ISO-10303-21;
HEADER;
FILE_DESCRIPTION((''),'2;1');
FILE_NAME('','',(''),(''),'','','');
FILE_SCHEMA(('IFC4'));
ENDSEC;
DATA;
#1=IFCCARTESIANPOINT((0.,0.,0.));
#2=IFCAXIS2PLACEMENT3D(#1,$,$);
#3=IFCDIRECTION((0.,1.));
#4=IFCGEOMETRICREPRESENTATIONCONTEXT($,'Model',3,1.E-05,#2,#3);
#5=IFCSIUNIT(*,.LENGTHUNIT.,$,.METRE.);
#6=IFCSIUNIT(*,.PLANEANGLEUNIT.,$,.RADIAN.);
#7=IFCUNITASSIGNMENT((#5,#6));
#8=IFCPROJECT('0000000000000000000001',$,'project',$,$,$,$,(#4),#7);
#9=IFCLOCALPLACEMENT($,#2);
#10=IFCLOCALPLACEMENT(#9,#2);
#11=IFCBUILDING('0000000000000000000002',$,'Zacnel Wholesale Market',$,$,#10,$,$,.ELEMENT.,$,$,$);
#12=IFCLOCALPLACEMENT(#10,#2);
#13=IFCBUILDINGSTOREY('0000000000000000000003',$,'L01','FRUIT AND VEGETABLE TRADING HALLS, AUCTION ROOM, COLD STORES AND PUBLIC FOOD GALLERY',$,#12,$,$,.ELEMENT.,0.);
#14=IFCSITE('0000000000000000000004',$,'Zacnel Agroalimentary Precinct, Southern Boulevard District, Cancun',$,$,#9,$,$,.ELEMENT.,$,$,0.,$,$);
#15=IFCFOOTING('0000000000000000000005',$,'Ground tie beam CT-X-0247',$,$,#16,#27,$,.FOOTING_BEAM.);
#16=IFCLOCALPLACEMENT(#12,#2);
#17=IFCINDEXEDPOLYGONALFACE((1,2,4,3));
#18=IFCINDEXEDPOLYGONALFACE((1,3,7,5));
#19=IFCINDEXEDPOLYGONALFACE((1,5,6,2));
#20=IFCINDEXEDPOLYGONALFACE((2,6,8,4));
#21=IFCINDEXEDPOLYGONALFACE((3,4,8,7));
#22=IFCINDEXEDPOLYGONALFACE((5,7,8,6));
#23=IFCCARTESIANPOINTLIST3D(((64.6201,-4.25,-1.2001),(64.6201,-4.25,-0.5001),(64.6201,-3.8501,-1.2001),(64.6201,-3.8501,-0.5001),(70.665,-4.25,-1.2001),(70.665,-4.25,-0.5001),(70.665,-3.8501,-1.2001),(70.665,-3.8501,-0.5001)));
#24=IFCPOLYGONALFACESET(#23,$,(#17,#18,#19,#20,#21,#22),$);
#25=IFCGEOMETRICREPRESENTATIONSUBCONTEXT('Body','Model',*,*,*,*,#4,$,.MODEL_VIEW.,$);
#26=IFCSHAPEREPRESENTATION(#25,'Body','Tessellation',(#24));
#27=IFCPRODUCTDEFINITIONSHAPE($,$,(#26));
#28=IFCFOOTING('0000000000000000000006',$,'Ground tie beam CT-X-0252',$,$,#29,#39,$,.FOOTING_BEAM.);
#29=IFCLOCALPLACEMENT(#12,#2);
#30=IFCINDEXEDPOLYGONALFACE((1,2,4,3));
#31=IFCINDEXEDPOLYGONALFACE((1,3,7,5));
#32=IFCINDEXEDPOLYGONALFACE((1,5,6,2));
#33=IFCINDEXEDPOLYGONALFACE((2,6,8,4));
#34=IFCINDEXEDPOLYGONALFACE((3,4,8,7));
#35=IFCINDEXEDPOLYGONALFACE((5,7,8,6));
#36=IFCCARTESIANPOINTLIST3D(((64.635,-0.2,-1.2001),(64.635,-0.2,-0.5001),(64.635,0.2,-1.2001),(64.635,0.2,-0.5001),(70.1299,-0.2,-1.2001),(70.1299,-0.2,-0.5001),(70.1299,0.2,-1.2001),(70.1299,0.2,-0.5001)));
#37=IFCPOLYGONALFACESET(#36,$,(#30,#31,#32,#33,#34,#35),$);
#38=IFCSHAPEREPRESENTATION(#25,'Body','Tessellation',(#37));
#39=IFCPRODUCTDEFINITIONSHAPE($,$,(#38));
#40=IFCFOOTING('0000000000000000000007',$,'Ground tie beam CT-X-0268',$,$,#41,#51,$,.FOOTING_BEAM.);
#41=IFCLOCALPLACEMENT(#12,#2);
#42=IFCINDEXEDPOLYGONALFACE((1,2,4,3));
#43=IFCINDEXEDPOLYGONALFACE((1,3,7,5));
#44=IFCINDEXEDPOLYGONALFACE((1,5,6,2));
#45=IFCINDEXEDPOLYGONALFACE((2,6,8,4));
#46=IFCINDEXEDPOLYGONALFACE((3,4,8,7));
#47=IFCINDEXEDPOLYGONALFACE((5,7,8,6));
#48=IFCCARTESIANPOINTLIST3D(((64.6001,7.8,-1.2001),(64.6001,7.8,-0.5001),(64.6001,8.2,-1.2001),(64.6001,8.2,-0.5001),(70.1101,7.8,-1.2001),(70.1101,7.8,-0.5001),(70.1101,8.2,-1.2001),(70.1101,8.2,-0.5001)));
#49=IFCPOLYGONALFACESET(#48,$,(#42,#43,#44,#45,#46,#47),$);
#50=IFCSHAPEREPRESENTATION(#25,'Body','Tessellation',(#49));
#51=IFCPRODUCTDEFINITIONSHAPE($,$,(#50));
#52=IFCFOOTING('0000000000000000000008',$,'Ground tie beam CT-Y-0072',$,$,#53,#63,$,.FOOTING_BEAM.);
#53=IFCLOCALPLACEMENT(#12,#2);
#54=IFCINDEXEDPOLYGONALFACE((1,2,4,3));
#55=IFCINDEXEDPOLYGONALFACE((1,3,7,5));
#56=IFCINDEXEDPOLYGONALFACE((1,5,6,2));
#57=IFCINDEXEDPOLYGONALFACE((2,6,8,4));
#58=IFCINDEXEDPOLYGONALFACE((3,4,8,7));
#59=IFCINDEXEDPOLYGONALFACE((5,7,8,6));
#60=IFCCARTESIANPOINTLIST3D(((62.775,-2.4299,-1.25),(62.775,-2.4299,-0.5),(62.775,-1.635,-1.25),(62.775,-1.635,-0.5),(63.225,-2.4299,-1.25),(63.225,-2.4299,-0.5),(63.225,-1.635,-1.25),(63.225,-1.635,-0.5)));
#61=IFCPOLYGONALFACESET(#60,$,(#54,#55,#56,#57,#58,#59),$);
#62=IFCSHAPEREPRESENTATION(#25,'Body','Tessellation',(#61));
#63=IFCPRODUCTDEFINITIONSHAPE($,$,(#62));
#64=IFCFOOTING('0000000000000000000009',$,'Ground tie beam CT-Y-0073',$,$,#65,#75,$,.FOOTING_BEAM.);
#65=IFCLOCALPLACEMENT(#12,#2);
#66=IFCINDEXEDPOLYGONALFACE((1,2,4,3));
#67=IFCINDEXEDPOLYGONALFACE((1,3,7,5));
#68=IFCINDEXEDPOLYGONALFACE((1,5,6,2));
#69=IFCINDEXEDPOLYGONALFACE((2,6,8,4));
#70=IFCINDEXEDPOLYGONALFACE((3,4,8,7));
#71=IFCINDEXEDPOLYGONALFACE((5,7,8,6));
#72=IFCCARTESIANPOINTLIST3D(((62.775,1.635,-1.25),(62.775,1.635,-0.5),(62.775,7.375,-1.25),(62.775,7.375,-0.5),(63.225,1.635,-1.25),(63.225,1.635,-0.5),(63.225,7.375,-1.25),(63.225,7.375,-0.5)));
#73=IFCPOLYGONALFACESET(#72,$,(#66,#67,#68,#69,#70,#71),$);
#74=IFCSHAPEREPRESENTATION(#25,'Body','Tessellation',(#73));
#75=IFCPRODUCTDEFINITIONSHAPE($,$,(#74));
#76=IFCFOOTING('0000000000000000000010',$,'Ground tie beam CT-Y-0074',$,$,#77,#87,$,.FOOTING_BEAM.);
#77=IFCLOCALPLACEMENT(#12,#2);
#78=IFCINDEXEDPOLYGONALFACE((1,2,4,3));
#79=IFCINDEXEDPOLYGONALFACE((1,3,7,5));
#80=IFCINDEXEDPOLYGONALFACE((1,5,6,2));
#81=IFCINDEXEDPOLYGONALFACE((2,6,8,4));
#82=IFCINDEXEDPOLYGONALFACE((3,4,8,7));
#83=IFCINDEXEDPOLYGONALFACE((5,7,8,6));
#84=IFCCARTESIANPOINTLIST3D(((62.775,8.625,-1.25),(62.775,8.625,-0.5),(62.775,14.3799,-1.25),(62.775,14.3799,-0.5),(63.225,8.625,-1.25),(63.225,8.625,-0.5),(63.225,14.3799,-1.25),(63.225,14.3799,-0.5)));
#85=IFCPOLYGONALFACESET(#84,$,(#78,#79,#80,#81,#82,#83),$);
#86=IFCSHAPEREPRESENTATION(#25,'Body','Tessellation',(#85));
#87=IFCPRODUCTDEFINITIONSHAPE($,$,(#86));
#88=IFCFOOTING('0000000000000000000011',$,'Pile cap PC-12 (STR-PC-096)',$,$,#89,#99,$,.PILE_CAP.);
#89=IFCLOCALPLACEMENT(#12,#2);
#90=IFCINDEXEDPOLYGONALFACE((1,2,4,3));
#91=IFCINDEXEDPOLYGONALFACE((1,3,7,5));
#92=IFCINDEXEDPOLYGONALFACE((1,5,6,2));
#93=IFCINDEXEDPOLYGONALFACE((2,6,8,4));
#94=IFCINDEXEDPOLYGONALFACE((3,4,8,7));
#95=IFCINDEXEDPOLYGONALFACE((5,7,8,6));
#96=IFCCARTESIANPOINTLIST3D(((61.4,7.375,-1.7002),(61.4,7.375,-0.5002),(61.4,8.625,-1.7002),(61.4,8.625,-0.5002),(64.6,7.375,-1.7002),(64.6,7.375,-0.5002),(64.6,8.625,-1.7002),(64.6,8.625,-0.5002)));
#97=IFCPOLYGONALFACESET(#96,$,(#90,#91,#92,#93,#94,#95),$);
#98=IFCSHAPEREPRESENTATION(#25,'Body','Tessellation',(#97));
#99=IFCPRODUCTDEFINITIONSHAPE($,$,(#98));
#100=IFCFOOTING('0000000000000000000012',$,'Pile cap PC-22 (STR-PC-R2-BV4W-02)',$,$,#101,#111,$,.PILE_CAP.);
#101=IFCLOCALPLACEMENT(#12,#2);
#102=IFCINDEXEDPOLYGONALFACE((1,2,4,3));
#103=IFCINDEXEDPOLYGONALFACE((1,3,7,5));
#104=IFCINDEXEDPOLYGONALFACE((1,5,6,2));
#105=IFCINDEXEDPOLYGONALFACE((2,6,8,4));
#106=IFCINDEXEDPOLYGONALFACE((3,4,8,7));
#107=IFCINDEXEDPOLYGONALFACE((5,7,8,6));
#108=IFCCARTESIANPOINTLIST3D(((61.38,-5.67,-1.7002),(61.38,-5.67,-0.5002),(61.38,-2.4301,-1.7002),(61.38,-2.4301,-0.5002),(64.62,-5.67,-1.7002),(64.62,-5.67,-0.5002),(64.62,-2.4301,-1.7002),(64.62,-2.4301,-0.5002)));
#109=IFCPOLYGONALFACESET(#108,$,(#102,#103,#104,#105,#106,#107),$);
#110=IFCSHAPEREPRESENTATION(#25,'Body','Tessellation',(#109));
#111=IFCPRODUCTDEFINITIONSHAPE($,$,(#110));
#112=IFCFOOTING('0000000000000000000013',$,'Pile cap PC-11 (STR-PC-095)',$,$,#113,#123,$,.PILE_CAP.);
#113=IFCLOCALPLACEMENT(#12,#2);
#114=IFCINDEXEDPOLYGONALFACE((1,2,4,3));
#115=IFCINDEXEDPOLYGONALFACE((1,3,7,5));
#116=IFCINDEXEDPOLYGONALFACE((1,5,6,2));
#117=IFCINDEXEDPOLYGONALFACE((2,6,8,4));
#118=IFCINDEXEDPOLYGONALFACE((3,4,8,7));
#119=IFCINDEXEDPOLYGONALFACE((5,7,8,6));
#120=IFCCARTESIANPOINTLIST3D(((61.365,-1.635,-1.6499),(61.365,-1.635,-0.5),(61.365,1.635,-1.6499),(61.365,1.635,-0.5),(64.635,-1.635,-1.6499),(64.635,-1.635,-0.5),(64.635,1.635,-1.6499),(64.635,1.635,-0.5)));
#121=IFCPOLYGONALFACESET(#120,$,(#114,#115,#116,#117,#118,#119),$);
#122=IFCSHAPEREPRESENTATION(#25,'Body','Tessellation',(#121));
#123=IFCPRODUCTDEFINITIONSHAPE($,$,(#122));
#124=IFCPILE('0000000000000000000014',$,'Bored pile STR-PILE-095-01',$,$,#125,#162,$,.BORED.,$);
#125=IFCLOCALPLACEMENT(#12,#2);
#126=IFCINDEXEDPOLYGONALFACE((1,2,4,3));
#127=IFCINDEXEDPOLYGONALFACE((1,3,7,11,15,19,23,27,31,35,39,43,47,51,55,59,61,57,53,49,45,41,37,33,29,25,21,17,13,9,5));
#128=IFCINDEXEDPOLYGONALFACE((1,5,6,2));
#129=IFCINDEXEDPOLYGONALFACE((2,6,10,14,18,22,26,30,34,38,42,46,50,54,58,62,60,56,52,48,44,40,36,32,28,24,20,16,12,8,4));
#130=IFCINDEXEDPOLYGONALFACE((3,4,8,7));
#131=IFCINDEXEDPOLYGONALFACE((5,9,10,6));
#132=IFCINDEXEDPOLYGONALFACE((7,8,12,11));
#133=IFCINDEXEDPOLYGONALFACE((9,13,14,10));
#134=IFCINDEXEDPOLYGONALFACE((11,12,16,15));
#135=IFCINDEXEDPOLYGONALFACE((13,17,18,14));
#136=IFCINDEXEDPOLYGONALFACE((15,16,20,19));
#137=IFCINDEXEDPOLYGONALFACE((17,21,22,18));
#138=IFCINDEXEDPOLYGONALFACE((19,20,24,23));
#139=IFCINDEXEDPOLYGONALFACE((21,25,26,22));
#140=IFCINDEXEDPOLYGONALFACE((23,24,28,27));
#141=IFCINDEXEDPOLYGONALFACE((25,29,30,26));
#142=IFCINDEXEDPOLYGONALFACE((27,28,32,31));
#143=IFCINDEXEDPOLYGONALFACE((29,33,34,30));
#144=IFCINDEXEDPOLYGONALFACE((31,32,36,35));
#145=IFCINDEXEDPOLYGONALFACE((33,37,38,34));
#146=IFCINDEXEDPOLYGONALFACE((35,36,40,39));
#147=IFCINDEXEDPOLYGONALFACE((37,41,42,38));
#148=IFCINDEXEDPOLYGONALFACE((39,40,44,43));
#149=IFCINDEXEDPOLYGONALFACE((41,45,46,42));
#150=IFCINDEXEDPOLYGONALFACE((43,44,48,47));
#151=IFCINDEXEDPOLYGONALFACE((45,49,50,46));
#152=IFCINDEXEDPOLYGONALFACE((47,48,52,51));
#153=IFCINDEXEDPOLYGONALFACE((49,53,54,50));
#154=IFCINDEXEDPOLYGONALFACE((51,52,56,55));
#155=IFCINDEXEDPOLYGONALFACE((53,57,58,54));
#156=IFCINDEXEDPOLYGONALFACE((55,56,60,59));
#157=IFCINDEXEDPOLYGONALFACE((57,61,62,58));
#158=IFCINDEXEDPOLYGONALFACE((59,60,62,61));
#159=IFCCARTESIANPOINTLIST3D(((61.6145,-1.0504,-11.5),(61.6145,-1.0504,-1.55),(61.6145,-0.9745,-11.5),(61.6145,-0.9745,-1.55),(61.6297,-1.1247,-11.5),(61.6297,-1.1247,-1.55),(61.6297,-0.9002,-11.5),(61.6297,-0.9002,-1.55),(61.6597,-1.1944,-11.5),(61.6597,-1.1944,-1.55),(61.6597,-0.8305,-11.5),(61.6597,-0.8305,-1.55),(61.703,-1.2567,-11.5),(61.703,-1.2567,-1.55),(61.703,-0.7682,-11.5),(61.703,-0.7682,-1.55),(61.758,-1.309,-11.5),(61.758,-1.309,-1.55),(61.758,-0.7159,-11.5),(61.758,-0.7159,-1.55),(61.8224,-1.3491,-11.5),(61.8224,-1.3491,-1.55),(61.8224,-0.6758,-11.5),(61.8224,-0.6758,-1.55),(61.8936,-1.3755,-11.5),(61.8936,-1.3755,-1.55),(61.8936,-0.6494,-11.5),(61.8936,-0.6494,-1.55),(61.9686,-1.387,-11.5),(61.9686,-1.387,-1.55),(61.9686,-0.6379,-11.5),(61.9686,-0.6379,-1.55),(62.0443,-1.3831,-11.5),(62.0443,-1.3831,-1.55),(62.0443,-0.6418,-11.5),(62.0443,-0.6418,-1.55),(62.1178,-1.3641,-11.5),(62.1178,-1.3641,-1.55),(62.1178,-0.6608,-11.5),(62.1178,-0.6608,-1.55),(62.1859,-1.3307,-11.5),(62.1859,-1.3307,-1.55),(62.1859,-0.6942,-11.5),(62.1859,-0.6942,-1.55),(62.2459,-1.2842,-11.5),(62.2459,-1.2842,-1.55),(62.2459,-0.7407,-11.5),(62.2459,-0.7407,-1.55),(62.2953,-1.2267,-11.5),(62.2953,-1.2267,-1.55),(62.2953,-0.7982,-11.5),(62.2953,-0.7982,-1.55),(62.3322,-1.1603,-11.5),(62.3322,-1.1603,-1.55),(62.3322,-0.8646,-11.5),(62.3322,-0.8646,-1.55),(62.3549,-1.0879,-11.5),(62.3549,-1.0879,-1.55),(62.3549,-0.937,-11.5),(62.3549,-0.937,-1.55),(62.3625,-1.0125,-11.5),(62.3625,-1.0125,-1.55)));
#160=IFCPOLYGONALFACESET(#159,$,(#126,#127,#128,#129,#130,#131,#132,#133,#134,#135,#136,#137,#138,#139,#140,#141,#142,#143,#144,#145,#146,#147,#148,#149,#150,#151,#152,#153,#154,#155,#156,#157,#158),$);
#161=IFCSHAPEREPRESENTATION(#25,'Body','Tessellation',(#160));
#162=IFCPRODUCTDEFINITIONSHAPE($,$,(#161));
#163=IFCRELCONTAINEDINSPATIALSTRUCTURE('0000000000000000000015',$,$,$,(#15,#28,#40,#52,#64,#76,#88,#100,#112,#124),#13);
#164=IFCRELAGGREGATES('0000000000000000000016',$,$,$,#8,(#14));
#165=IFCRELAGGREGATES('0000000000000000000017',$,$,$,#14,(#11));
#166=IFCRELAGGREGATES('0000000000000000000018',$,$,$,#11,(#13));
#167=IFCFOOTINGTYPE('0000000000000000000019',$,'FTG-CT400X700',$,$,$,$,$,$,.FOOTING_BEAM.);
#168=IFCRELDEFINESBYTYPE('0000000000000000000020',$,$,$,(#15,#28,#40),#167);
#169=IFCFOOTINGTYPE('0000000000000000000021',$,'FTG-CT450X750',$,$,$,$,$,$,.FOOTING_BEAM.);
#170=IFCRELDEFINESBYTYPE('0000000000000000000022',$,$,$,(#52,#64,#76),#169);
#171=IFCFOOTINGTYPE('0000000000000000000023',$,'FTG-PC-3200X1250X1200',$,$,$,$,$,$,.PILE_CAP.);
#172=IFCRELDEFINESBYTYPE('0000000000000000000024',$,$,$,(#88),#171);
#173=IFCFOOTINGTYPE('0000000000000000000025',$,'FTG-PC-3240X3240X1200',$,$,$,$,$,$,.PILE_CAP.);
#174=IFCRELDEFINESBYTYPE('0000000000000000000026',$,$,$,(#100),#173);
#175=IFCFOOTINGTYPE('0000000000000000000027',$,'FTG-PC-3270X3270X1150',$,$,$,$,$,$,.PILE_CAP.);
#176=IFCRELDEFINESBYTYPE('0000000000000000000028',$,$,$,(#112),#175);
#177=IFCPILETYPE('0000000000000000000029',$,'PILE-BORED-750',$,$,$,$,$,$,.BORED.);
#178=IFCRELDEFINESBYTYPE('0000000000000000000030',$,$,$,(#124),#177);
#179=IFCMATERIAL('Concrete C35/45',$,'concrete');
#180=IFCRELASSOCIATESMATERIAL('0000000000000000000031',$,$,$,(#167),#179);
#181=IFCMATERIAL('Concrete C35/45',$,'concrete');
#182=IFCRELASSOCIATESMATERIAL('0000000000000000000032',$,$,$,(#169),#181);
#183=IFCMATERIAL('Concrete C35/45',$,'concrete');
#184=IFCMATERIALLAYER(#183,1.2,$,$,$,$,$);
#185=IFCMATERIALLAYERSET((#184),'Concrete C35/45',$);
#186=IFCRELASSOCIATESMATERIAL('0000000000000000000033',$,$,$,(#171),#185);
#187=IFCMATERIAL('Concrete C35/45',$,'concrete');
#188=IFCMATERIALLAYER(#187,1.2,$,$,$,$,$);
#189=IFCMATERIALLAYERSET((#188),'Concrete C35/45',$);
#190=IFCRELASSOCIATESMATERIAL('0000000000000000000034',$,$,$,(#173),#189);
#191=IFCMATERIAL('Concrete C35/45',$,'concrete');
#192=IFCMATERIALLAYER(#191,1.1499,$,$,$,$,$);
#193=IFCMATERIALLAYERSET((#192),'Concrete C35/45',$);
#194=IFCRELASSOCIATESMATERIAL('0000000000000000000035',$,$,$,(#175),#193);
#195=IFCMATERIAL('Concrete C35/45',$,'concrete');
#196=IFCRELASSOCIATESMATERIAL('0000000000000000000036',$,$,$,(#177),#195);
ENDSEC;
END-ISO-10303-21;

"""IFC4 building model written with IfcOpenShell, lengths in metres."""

from ifc_helpers import new_model, si_unit, direction, frame, origin, origin_2d, place, context, subcontext, project, spatial, rectangle, circle, extrude, material, layer, layer_set, material_profile, profile_set, type_object, element, save


model = new_model("IFC4")

# Units and contexts
model_context = context("Model", 3, precision=1e-05, world=origin(), true_north=direction((0.0, 1.0)))
body_context = subcontext(model_context, "Body", "Model", "MODEL_VIEW")
ifc_project = project(units=[si_unit("LENGTHUNIT", "METRE"), si_unit("PLANEANGLEUNIT", "RADIAN")], contexts=[model_context])

# Site, building, storey
site_placement = place(None, origin())
site = spatial("IfcSite", under=ifc_project, at=site_placement, Name="Zacnel Agroalimentary Precinct, Southern Boulevard District, Cancun", CompositionType="ELEMENT", RefElevation=0.0)
building_placement = place(site_placement, origin())
building = spatial("IfcBuilding", under=site, at=building_placement, Name="Zacnel Wholesale Market", CompositionType="ELEMENT")
storey_placement = place(building_placement, origin())
storey = spatial("IfcBuildingStorey", under=building, at=storey_placement, Name="L01", Description="FRUIT AND VEGETABLE TRADING HALLS, AUCTION ROOM, COLD STORES AND PUBLIC FOOD GALLERY", CompositionType="ELEMENT", Elevation=0.0)

# Footings
ifc_material_1 = material(Name="Concrete C35/45", Category="concrete")
ifc_material_profile_1 = material_profile(ifc_material_1, rectangle(XDim=0.3999, YDim=0.7, at=origin_2d()), Name="CT 400x700")
ifc_profile_set_1 = profile_set([ifc_material_profile_1], Name="Concrete C35/45")
footing_type_1 = type_object("IfcFootingType", Name="FTG-CT400X700", PredefinedType="FOOTING_BEAM", material=ifc_profile_set_1)
footing_1_placement = place(storey_placement, frame((64.6201, -4.05, -0.8501), z_axis=(1.0, 0.0, 0.0), x_axis=(0.0, 1.0, 0.0)))
element("IfcFooting", 1, at=footing_1_placement, inside=storey, type_object=footing_type_1, Name="Ground tie beam CT-X-0247", PredefinedType="FOOTING_BEAM", context=body_context, shape_type="SweptSolid", body=[
    extrude(rectangle(XDim=0.3999, YDim=0.7, at=origin_2d()), origin(), (0.0, 0.0, 1.0), 6.0449),
])
footing_2_placement = place(storey_placement, frame((64.635, 0.0, -0.8501), z_axis=(1.0, 0.0, 0.0), x_axis=(0.0, 1.0, 0.0)))
element("IfcFooting", 2, at=footing_2_placement, inside=storey, type_object=footing_type_1, Name="Ground tie beam CT-X-0252", PredefinedType="FOOTING_BEAM", context=body_context, shape_type="SweptSolid", body=[
    extrude(rectangle(XDim=0.3999, YDim=0.7, at=origin_2d()), origin(), (0.0, 0.0, 1.0), 5.4949),
])
footing_3_placement = place(storey_placement, frame((64.6001, 8.0, -0.8501), z_axis=(1.0, 0.0, 0.0), x_axis=(0.0, 1.0, 0.0)))
element("IfcFooting", 3, at=footing_3_placement, inside=storey, type_object=footing_type_1, Name="Ground tie beam CT-X-0268", PredefinedType="FOOTING_BEAM", context=body_context, shape_type="SweptSolid", body=[
    extrude(rectangle(XDim=0.3999, YDim=0.7, at=origin_2d()), origin(), (0.0, 0.0, 1.0), 5.51),
])
ifc_material_2 = material(Name="Concrete C35/45", Category="concrete")
ifc_material_profile_2 = material_profile(ifc_material_2, rectangle(XDim=0.45, YDim=0.75, at=origin_2d()), Name="CT 450x750")
ifc_profile_set_2 = profile_set([ifc_material_profile_2], Name="Concrete C35/45")
footing_type_2 = type_object("IfcFootingType", Name="FTG-CT450X750", PredefinedType="FOOTING_BEAM", material=ifc_profile_set_2)
footing_4_placement = place(storey_placement, frame((63.0, -2.4299, -0.875), z_axis=(0.0, 1.0, 0.0), x_axis=(-1.0, 0.0, 0.0)))
element("IfcFooting", 4, at=footing_4_placement, inside=storey, type_object=footing_type_2, Name="Ground tie beam CT-Y-0072", PredefinedType="FOOTING_BEAM", context=body_context, shape_type="SweptSolid", body=[
    extrude(rectangle(XDim=0.45, YDim=0.75, at=origin_2d()), origin(), (0.0, 0.0, 1.0), 0.7949),
])
footing_5_placement = place(storey_placement, frame((63.0, 1.635, -0.875), z_axis=(0.0, 1.0, 0.0), x_axis=(-1.0, 0.0, 0.0)))
element("IfcFooting", 5, at=footing_5_placement, inside=storey, type_object=footing_type_2, Name="Ground tie beam CT-Y-0073", PredefinedType="FOOTING_BEAM", context=body_context, shape_type="SweptSolid", body=[
    extrude(rectangle(XDim=0.45, YDim=0.75, at=origin_2d()), origin(), (0.0, 0.0, 1.0), 5.74),
])
footing_6_placement = place(storey_placement, frame((63.0, 8.625, -0.875), z_axis=(0.0, 1.0, 0.0), x_axis=(-1.0, 0.0, 0.0)))
element("IfcFooting", 6, at=footing_6_placement, inside=storey, type_object=footing_type_2, Name="Ground tie beam CT-Y-0074", PredefinedType="FOOTING_BEAM", context=body_context, shape_type="SweptSolid", body=[
    extrude(rectangle(XDim=0.45, YDim=0.75, at=origin_2d()), origin(), (0.0, 0.0, 1.0), 5.7549),
])
ifc_material_3 = material(Name="Concrete C35/45", Category="concrete")
ifc_layer_1 = layer(ifc_material_3, 1.2)
ifc_layer_set_1 = layer_set([ifc_layer_1], Name="Concrete C35/45")
footing_type_3 = type_object("IfcFootingType", Name="FTG-PC-3200X1250X1200", PredefinedType="PILE_CAP", material=ifc_layer_set_1)
footing_7_placement = place(storey_placement, frame((63.0, 8.0, -1.7002), z_axis=(0.0, 0.0, 1.0), x_axis=(1.0, 0.0, 0.0)))
element("IfcFooting", 7, at=footing_7_placement, inside=storey, type_object=footing_type_3, Name="Pile cap PC-12 (STR-PC-096)", PredefinedType="PILE_CAP", context=body_context, shape_type="SweptSolid", body=[
    extrude(rectangle(XDim=3.2, YDim=1.25, at=origin_2d()), origin(), (0.0, 0.0, 1.0), 1.2),
])
ifc_material_4 = material(Name="Concrete C35/45", Category="concrete")
ifc_layer_2 = layer(ifc_material_4, 1.2)
ifc_layer_set_2 = layer_set([ifc_layer_2], Name="Concrete C35/45")
footing_type_4 = type_object("IfcFootingType", Name="FTG-PC-3240X3240X1200", PredefinedType="PILE_CAP", material=ifc_layer_set_2)
footing_8_placement = place(storey_placement, frame((63.0, -4.05, -1.7002), z_axis=(0.0, 0.0, 1.0), x_axis=(1.0, 0.0, 0.0)))
element("IfcFooting", 8, at=footing_8_placement, inside=storey, type_object=footing_type_4, Name="Pile cap PC-22 (STR-PC-R2-BV4W-02)", PredefinedType="PILE_CAP", context=body_context, shape_type="SweptSolid", body=[
    extrude(rectangle(XDim=3.24, YDim=3.24, at=origin_2d()), origin(), (0.0, 0.0, 1.0), 1.2),
])
ifc_material_5 = material(Name="Concrete C35/45", Category="concrete")
ifc_layer_3 = layer(ifc_material_5, 1.1499)
ifc_layer_set_3 = layer_set([ifc_layer_3], Name="Concrete C35/45")
footing_type_5 = type_object("IfcFootingType", Name="FTG-PC-3270X3270X1150", PredefinedType="PILE_CAP", material=ifc_layer_set_3)
footing_9_placement = place(storey_placement, frame((63.0, 0.0, -1.6499), z_axis=(0.0, 0.0, 1.0), x_axis=(1.0, 0.0, 0.0)))
element("IfcFooting", 9, at=footing_9_placement, inside=storey, type_object=footing_type_5, Name="Pile cap PC-11 (STR-PC-095)", PredefinedType="PILE_CAP", context=body_context, shape_type="SweptSolid", body=[
    extrude(rectangle(XDim=3.27, YDim=3.27, at=origin_2d()), origin(), (0.0, 0.0, 1.0), 1.1499),
])

# Pile
ifc_material_6 = material(Name="Concrete C35/45", Category="concrete")
ifc_material_profile_3 = material_profile(ifc_material_6, circle(Radius=0.375, at=origin_2d()), Name="BORED PILE D750")
ifc_profile_set_3 = profile_set([ifc_material_profile_3], Name="Concrete C35/45")
pile_type = type_object("IfcPileType", Name="PILE-BORED-750", PredefinedType="BORED", material=ifc_profile_set_3)
for number, where, z_axis, x_axis, name in (
    (10, (61.9875, -1.0125, -1.55), (0.0, 0.0, -1.0), (1.0, 0.0, 0.0), "Bored pile STR-PILE-095-01"),
):
    element("IfcPile", number, at=place(storey_placement, frame(where, z_axis=z_axis, x_axis=x_axis)), inside=storey, type_object=pile_type, Name=name, PredefinedType="BORED", context=body_context, shape_type="SweptSolid", body=[
        extrude(circle(Radius=0.375, at=origin_2d()), origin(), (0.0, 0.0, 1.0), 9.95),
    ])

save(model, "model.ifc")
